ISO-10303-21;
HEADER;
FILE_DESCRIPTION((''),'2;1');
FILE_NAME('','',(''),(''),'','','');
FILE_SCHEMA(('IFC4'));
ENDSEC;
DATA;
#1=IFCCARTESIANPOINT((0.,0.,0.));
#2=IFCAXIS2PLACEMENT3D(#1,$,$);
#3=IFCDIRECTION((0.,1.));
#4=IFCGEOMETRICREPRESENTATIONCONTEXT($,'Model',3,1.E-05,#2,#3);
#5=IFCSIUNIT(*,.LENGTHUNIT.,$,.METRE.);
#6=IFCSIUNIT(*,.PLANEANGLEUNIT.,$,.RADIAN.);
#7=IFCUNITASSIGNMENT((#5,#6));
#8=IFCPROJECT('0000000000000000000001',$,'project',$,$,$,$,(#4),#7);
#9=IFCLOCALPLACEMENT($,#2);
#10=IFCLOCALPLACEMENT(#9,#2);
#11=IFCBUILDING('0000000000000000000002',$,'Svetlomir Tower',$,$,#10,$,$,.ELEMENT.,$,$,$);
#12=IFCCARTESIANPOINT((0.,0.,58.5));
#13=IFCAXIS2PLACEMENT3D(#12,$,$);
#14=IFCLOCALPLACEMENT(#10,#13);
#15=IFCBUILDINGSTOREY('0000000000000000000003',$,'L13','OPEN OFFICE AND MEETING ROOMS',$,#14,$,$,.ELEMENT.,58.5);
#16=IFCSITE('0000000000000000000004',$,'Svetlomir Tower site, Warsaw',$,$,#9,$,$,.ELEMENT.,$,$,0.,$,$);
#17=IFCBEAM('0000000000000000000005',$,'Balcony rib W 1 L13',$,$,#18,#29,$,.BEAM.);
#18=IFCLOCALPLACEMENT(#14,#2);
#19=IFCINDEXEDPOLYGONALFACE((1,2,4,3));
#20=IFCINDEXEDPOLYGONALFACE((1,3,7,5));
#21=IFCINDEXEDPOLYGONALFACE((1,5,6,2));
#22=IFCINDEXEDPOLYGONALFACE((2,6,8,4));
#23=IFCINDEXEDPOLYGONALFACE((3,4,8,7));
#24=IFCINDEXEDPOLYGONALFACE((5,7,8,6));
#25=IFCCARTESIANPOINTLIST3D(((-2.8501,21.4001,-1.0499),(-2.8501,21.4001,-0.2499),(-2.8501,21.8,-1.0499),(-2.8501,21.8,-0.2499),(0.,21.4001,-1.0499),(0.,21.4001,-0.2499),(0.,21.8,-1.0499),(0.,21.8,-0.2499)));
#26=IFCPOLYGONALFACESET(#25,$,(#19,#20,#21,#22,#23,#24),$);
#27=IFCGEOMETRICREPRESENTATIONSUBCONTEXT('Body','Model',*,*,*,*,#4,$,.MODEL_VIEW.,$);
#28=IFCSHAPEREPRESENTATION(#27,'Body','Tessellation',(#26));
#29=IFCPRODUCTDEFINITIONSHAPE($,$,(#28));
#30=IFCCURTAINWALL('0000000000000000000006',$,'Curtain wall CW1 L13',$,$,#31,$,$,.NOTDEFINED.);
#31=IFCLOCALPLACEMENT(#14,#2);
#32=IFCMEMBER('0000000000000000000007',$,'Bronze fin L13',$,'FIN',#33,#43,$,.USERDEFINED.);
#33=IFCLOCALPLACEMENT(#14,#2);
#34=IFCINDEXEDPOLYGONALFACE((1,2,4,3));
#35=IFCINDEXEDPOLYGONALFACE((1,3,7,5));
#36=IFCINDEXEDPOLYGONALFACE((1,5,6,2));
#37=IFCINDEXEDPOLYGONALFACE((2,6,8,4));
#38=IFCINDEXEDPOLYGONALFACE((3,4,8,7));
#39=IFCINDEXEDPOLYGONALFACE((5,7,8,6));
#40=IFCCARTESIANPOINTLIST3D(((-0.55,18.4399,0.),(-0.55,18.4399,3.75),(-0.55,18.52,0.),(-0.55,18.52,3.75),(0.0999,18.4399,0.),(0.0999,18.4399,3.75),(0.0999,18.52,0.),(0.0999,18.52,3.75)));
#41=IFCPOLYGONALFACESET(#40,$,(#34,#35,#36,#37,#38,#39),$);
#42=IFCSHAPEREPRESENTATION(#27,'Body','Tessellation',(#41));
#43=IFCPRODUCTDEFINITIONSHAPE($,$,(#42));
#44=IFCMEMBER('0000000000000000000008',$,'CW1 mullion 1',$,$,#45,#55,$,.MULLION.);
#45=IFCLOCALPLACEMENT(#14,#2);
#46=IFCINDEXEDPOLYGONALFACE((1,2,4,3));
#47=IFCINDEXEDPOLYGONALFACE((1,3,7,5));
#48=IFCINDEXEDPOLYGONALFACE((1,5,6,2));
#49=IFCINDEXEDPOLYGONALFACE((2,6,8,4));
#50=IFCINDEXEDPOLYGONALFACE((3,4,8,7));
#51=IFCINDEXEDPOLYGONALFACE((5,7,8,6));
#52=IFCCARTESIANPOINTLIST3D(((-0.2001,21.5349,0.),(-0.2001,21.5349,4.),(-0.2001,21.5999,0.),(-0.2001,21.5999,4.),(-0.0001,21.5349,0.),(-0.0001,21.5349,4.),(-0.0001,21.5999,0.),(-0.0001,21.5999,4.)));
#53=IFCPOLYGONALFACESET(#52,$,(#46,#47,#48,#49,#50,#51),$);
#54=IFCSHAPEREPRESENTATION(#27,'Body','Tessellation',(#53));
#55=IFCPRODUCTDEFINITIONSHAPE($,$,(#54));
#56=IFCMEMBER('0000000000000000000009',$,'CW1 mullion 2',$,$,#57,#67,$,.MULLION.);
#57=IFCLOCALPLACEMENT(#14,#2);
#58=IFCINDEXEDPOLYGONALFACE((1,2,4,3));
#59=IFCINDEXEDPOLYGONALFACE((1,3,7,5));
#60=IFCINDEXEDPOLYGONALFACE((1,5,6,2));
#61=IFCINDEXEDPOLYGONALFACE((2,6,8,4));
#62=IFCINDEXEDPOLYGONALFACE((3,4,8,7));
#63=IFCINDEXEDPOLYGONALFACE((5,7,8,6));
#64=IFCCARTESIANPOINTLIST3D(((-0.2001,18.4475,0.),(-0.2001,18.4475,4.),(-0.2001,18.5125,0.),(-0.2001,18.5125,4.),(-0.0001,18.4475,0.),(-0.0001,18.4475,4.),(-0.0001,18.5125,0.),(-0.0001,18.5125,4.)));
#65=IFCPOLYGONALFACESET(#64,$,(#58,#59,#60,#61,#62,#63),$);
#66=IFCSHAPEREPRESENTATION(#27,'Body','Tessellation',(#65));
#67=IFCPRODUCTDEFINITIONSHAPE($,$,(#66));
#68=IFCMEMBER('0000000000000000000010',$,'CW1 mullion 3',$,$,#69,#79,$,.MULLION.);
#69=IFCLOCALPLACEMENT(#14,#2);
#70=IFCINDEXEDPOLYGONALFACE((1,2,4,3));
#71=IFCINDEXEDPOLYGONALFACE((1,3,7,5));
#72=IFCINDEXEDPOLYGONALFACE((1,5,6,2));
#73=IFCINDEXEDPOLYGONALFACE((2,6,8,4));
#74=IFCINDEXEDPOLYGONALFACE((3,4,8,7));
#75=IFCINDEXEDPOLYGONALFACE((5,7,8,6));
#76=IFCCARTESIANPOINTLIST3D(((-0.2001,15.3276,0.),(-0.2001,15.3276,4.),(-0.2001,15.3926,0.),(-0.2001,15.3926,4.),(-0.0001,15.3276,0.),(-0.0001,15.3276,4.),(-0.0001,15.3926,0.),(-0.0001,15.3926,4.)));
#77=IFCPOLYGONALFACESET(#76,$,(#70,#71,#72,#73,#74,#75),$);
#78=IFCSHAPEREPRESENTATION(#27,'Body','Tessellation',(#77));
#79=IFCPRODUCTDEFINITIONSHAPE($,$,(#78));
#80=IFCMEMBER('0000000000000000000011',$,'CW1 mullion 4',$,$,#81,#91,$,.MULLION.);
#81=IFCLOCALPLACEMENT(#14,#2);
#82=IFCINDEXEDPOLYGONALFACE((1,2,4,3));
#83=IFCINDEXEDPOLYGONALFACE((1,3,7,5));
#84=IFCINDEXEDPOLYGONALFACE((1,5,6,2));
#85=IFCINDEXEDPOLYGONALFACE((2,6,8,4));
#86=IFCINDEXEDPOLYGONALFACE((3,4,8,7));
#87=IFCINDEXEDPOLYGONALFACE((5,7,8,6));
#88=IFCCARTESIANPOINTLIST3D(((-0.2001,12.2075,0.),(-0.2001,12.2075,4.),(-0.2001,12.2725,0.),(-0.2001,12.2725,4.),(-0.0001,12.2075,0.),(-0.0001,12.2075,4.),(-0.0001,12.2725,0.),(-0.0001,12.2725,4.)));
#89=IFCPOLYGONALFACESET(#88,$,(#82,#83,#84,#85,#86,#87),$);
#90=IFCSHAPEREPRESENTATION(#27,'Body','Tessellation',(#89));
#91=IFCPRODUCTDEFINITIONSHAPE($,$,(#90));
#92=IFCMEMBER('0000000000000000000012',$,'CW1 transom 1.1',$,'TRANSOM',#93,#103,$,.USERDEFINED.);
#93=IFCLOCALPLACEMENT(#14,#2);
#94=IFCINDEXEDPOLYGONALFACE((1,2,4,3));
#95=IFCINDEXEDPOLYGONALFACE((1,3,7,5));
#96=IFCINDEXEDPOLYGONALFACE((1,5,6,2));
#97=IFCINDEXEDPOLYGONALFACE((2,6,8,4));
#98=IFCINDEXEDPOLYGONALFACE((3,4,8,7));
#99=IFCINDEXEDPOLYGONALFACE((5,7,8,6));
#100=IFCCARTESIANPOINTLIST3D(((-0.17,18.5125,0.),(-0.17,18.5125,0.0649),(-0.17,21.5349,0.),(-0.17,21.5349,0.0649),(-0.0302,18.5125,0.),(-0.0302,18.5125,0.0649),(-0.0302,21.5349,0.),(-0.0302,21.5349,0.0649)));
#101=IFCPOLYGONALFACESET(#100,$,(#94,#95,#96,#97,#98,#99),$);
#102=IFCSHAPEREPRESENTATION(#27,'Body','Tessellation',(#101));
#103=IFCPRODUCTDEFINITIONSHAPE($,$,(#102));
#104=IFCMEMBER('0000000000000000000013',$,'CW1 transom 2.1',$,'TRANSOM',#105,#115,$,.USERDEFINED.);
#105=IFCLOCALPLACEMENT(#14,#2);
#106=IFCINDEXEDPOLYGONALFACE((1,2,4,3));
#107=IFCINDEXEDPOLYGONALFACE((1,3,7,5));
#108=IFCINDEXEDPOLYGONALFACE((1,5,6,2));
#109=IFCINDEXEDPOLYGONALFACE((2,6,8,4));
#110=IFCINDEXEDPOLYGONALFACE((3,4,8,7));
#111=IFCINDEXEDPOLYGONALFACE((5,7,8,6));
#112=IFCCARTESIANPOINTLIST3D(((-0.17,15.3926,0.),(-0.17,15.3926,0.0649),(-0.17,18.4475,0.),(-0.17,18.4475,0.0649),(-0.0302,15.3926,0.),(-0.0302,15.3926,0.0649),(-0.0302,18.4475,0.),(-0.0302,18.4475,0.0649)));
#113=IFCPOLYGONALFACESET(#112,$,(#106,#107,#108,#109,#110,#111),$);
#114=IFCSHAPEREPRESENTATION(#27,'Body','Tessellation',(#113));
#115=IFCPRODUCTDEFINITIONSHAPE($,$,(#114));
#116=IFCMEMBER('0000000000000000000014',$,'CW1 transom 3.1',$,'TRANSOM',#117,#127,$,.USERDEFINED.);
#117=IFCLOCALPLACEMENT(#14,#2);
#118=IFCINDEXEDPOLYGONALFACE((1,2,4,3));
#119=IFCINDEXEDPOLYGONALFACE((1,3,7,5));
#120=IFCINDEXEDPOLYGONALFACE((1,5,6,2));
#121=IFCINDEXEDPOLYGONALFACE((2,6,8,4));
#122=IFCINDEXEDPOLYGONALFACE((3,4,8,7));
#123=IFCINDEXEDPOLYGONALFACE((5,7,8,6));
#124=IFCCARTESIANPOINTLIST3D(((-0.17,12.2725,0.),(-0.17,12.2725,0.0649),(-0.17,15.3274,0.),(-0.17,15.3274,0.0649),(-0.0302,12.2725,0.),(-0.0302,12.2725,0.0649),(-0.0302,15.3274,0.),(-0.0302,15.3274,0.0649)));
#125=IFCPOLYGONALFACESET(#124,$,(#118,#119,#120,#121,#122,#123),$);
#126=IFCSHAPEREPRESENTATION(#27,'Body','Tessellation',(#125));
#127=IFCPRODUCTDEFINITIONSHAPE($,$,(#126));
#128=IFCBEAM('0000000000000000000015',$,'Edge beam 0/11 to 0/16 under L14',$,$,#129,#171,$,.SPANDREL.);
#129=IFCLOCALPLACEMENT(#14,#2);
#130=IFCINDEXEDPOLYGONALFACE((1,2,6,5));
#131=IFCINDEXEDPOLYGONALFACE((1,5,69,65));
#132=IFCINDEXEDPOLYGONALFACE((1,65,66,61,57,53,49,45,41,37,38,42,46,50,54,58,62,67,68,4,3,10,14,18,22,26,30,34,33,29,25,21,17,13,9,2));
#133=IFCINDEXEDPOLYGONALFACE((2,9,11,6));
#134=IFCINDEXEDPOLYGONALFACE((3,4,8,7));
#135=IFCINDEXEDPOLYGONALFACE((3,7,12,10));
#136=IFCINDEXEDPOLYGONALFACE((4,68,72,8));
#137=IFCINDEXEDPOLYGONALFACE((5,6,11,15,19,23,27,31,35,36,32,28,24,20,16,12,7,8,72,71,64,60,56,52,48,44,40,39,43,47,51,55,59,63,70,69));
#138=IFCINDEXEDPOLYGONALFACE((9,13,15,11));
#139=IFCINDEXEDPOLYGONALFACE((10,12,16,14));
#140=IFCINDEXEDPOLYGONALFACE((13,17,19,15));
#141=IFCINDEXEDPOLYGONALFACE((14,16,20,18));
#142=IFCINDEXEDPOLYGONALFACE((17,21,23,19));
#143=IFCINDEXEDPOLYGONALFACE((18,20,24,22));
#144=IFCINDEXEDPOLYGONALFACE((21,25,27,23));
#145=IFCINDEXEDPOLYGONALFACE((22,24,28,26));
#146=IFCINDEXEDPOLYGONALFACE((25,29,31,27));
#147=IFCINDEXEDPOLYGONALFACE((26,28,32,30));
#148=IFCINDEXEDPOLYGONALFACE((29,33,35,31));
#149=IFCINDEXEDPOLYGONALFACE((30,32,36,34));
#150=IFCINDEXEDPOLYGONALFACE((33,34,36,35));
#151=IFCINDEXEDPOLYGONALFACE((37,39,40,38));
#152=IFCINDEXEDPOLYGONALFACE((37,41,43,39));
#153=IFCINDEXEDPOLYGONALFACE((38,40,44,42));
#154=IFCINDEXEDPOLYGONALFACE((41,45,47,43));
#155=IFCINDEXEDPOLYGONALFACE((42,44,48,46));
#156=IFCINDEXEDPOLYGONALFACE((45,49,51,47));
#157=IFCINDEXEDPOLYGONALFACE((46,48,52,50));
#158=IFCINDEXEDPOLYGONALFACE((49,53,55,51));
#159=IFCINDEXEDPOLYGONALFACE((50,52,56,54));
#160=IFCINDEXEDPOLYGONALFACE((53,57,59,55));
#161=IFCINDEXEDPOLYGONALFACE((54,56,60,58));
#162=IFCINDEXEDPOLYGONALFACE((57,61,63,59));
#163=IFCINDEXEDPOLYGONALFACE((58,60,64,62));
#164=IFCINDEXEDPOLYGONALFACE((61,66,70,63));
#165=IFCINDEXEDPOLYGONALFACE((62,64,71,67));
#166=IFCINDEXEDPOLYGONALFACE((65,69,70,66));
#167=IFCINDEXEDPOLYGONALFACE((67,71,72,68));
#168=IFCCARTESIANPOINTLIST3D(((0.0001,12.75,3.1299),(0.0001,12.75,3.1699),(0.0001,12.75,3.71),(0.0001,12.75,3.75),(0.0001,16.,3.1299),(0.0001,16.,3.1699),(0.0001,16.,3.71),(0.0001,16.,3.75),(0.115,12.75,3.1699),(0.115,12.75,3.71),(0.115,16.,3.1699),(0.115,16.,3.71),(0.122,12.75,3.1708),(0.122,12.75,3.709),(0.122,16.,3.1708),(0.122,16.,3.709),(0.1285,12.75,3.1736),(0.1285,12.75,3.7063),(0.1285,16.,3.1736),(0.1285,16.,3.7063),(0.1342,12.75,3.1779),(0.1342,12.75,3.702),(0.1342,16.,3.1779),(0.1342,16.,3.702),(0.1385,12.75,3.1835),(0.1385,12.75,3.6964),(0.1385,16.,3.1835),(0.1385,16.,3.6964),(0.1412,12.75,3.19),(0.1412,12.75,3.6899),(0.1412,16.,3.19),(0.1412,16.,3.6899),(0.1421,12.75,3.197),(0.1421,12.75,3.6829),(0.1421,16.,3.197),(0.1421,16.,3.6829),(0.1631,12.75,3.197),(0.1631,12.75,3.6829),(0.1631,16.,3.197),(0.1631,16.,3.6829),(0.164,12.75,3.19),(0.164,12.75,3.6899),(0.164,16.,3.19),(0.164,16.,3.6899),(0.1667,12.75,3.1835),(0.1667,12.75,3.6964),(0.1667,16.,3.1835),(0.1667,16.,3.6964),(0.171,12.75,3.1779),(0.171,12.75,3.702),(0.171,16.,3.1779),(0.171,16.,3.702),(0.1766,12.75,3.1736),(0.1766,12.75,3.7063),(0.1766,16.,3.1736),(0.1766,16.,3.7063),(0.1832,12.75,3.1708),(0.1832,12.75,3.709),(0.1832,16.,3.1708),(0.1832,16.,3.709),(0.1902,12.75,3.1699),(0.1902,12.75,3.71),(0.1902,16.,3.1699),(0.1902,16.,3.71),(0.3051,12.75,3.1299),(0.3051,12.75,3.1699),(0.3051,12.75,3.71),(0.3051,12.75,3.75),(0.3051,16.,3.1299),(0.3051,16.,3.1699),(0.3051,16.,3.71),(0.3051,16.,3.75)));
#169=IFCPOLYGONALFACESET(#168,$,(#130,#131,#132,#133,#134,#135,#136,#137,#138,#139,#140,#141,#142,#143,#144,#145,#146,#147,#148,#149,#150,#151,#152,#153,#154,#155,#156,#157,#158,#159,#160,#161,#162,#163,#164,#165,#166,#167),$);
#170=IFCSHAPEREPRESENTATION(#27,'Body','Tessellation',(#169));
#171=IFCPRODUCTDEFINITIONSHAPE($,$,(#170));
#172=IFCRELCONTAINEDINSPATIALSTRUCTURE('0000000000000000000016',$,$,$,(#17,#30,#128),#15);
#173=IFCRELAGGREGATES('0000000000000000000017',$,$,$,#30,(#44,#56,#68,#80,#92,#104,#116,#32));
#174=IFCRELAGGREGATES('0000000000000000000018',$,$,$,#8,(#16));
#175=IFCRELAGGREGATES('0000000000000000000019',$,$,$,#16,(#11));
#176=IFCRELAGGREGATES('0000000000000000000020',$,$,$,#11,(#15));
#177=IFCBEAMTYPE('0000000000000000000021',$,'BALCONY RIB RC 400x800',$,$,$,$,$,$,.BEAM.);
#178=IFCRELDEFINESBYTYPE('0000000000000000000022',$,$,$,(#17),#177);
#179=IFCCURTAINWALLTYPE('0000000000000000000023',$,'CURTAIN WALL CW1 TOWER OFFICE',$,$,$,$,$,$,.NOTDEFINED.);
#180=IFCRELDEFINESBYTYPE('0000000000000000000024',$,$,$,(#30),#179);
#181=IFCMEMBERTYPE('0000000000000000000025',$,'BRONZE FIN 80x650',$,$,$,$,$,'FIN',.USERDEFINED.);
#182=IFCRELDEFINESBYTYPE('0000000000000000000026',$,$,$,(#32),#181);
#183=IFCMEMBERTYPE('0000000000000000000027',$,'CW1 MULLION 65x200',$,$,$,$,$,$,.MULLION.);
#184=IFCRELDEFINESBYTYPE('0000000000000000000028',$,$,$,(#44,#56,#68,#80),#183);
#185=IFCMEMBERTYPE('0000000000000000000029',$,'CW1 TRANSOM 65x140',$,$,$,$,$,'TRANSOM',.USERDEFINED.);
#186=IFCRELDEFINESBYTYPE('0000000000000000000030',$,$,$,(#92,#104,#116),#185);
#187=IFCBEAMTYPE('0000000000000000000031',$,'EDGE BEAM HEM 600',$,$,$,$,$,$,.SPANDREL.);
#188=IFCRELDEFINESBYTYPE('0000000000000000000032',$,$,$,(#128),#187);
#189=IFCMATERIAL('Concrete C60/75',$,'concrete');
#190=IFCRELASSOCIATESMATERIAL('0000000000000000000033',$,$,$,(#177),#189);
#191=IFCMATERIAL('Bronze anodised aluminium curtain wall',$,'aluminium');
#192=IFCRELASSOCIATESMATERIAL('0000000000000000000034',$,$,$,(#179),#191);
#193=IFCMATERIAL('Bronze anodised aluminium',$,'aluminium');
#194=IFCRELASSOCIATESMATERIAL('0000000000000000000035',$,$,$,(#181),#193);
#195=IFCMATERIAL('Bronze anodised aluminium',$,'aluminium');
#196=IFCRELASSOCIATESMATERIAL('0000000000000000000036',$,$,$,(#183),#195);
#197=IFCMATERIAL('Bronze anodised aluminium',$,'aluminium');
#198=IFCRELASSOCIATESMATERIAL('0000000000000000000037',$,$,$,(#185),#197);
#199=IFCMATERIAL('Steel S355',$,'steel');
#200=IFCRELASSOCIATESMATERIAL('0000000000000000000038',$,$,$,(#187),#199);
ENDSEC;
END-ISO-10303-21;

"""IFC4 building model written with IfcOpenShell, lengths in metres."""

from ifc_helpers import new_model, si_unit, direction, frame, origin, origin_2d, place, context, subcontext, project, spatial, rectangle, i_section, extrude, material, material_profile, profile_set, type_object, element, aggregate, save


model = new_model("IFC4")

# Units and contexts
model_context = context("Model", 3, precision=1e-05, world=origin(), true_north=direction((0.0, 1.0)))
body_context = subcontext(model_context, "Body", "Model", "MODEL_VIEW")
ifc_project = project(units=[si_unit("LENGTHUNIT", "METRE"), si_unit("PLANEANGLEUNIT", "RADIAN")], contexts=[model_context])

# Site, building, storey
site_placement = place(None, origin())
site = spatial("IfcSite", under=ifc_project, at=site_placement, Name="Svetlomir Tower site, Warsaw", CompositionType="ELEMENT", RefElevation=0.0)
building_placement = place(site_placement, origin())
building = spatial("IfcBuilding", under=site, at=building_placement, Name="Svetlomir Tower", CompositionType="ELEMENT")
storey_placement = place(building_placement, frame((0.0, 0.0, 58.5)))
storey = spatial("IfcBuildingStorey", under=building, at=storey_placement, Name="L13", Description="OPEN OFFICE AND MEETING ROOMS", CompositionType="ELEMENT", Elevation=58.5)

# Beam
ifc_material_1 = material(Name="Concrete C60/75", Category="concrete")
ifc_material_profile_1 = material_profile(ifc_material_1, rectangle(XDim=0.3999, YDim=0.8, at=origin_2d()), Name="RC 400x800")
ifc_profile_set_1 = profile_set([ifc_material_profile_1], Name="Concrete C60/75")
beam_type_1 = type_object("IfcBeamType", Name="BALCONY RIB RC 400x800", PredefinedType="BEAM", material=ifc_profile_set_1)
beam_1_placement = place(storey_placement, frame((0.0, 21.6001, -0.6499), z_axis=(-1.0, 0.0, 0.0), x_axis=(0.0, -1.0, 0.0)))
element("IfcBeam", 1, at=beam_1_placement, inside=storey, type_object=beam_type_1, Name="Balcony rib W 1 L13", PredefinedType="BEAM", context=body_context, shape_type="SweptSolid", body=[
    extrude(rectangle(XDim=0.3999, YDim=0.8, at=origin_2d()), origin(), (0.0, 0.0, 1.0), 2.8501),
])

# Curtain wall, members
ifc_material_2 = material(Name="Bronze anodised aluminium curtain wall", Category="aluminium")
curtain_wall_type = type_object("IfcCurtainWallType", Name="CURTAIN WALL CW1 TOWER OFFICE", PredefinedType="NOTDEFINED", material=ifc_material_2)
curtain_wall_placement = place(storey_placement, origin())
curtain_wall = element("IfcCurtainWall", 2, at=curtain_wall_placement, inside=storey, type_object=curtain_wall_type, Name="Curtain wall CW1 L13", PredefinedType="NOTDEFINED")
ifc_material_3 = material(Name="Bronze anodised aluminium", Category="aluminium")
ifc_material_profile_2 = material_profile(ifc_material_3, rectangle(XDim=0.0801, YDim=0.6499, at=origin_2d()), Name="FIN 80x650")
ifc_profile_set_2 = profile_set([ifc_material_profile_2], Name="Bronze anodised aluminium 6063-T6")
member_type_1 = type_object("IfcMemberType", Name="BRONZE FIN 80x650", ElementType="FIN", PredefinedType="USERDEFINED", material=ifc_profile_set_2)
member_1_placement = place(storey_placement, frame((-0.2251, 18.48, 0.0), z_axis=(0.0, 0.0, 1.0), x_axis=(0.0, 1.0, 0.0)))
member_1 = element("IfcMember", 3, at=member_1_placement, type_object=member_type_1, Name="Bronze fin L13", ObjectType="FIN", PredefinedType="USERDEFINED", context=body_context, shape_type="SweptSolid", body=[
    extrude(rectangle(XDim=0.0801, YDim=0.6499, at=origin_2d()), origin(), (0.0, 0.0, 1.0), 3.75),
])
ifc_material_4 = material(Name="Bronze anodised aluminium", Category="aluminium")
ifc_material_profile_3 = material_profile(ifc_material_4, rectangle(XDim=0.0649, YDim=0.2, at=origin_2d()), Name="AL 65x200")
ifc_profile_set_3 = profile_set([ifc_material_profile_3], Name="Bronze anodised aluminium 6063-T6")
member_type_2 = type_object("IfcMemberType", Name="CW1 MULLION 65x200", PredefinedType="MULLION", material=ifc_profile_set_3)
member_2_placement = place(storey_placement, frame((-0.1001, 21.5674, 0.0), z_axis=(0.0, 0.0, 1.0), x_axis=(0.0, -1.0, 0.0)))
member_2 = element("IfcMember", 4, at=member_2_placement, type_object=member_type_2, Name="CW1 mullion 1", PredefinedType="MULLION", context=body_context, shape_type="SweptSolid", body=[
    extrude(rectangle(XDim=0.0649, YDim=0.2, at=origin_2d()), origin(), (0.0, 0.0, 1.0), 4.0),
])
member_3_placement = place(storey_placement, frame((-0.1001, 18.48, 0.0), z_axis=(0.0, 0.0, 1.0), x_axis=(0.0, -1.0, 0.0)))
member_3 = element("IfcMember", 5, at=member_3_placement, type_object=member_type_2, Name="CW1 mullion 2", PredefinedType="MULLION", context=body_context, shape_type="SweptSolid", body=[
    extrude(rectangle(XDim=0.0649, YDim=0.2, at=origin_2d()), origin(), (0.0, 0.0, 1.0), 4.0),
])
member_4_placement = place(storey_placement, frame((-0.1001, 15.3601, 0.0), z_axis=(0.0, 0.0, 1.0), x_axis=(0.0, -1.0, 0.0)))
member_4 = element("IfcMember", 6, at=member_4_placement, type_object=member_type_2, Name="CW1 mullion 3", PredefinedType="MULLION", context=body_context, shape_type="SweptSolid", body=[
    extrude(rectangle(XDim=0.0649, YDim=0.2, at=origin_2d()), origin(), (0.0, 0.0, 1.0), 4.0),
])
member_5_placement = place(storey_placement, frame((-0.1001, 12.24, 0.0), z_axis=(0.0, 0.0, 1.0), x_axis=(0.0, -1.0, 0.0)))
member_5 = element("IfcMember", 7, at=member_5_placement, type_object=member_type_2, Name="CW1 mullion 4", PredefinedType="MULLION", context=body_context, shape_type="SweptSolid", body=[
    extrude(rectangle(XDim=0.0649, YDim=0.2, at=origin_2d()), origin(), (0.0, 0.0, 1.0), 4.0),
])
ifc_material_5 = material(Name="Bronze anodised aluminium", Category="aluminium")
ifc_material_profile_4 = material_profile(ifc_material_5, rectangle(XDim=0.1399, YDim=0.0649, at=origin_2d()), Name="AL 140x65")
ifc_profile_set_4 = profile_set([ifc_material_profile_4], Name="Bronze anodised aluminium 6063-T6")
member_type_3 = type_object("IfcMemberType", Name="CW1 TRANSOM 65x140", ElementType="TRANSOM", PredefinedType="USERDEFINED", material=ifc_profile_set_4)
member_6_placement = place(storey_placement, frame((-0.1001, 21.5349, 0.0325), z_axis=(0.0, -1.0, 0.0), x_axis=(1.0, 0.0, 0.0)))
member_6 = element("IfcMember", 8, at=member_6_placement, type_object=member_type_3, Name="CW1 transom 1.1", ObjectType="TRANSOM", PredefinedType="USERDEFINED", context=body_context, shape_type="SweptSolid", body=[
    extrude(rectangle(XDim=0.1399, YDim=0.0649, at=origin_2d()), origin(), (0.0, 0.0, 1.0), 3.0225),
])
member_7_placement = place(storey_placement, frame((-0.1001, 18.4475, 0.0325), z_axis=(0.0, -1.0, 0.0), x_axis=(1.0, 0.0, 0.0)))
member_7 = element("IfcMember", 9, at=member_7_placement, type_object=member_type_3, Name="CW1 transom 2.1", ObjectType="TRANSOM", PredefinedType="USERDEFINED", context=body_context, shape_type="SweptSolid", body=[
    extrude(rectangle(XDim=0.1399, YDim=0.0649, at=origin_2d()), origin(), (0.0, 0.0, 1.0), 3.0549),
])
member_8_placement = place(storey_placement, frame((-0.1001, 15.3274, 0.0325), z_axis=(0.0, -1.0, 0.0), x_axis=(1.0, 0.0, 0.0)))
member_8 = element("IfcMember", 10, at=member_8_placement, type_object=member_type_3, Name="CW1 transom 3.1", ObjectType="TRANSOM", PredefinedType="USERDEFINED", context=body_context, shape_type="SweptSolid", body=[
    extrude(rectangle(XDim=0.1399, YDim=0.0649, at=origin_2d()), origin(), (0.0, 0.0, 1.0), 3.0549),
])

# Beam
ifc_material_6 = material(Name="Steel S355", Category="steel")
ifc_material_profile_5 = material_profile(ifc_material_6, i_section(OverallWidth=0.3049, OverallDepth=0.6201, WebThickness=0.021, FlangeThickness=0.04, FilletRadius=0.0271, at=origin_2d()), Name="HEM 600")
ifc_profile_set_5 = profile_set([ifc_material_profile_5], Name="Steel S355")
beam_type_2 = type_object("IfcBeamType", Name="EDGE BEAM HEM 600", PredefinedType="SPANDREL", material=ifc_profile_set_5)
beam_2_placement = place(storey_placement, frame((0.1526, 12.75, 3.4399), z_axis=(0.0, 1.0, 0.0), x_axis=(-1.0, 0.0, 0.0)))
element("IfcBeam", 11, at=beam_2_placement, inside=storey, type_object=beam_type_2, Name="Edge beam 0/11 to 0/16 under L14", PredefinedType="SPANDREL", context=body_context, shape_type="SweptSolid", body=[
    extrude(i_section(OverallWidth=0.3049, OverallDepth=0.6201, WebThickness=0.021, FlangeThickness=0.04, FilletRadius=0.0271, at=origin_2d()), origin(), (0.0, 0.0, 1.0), 3.25),
])

aggregate(curtain_wall, [member_2, member_3, member_4, member_5, member_6, member_7, member_8, member_1])

save(model, "model.ifc")
